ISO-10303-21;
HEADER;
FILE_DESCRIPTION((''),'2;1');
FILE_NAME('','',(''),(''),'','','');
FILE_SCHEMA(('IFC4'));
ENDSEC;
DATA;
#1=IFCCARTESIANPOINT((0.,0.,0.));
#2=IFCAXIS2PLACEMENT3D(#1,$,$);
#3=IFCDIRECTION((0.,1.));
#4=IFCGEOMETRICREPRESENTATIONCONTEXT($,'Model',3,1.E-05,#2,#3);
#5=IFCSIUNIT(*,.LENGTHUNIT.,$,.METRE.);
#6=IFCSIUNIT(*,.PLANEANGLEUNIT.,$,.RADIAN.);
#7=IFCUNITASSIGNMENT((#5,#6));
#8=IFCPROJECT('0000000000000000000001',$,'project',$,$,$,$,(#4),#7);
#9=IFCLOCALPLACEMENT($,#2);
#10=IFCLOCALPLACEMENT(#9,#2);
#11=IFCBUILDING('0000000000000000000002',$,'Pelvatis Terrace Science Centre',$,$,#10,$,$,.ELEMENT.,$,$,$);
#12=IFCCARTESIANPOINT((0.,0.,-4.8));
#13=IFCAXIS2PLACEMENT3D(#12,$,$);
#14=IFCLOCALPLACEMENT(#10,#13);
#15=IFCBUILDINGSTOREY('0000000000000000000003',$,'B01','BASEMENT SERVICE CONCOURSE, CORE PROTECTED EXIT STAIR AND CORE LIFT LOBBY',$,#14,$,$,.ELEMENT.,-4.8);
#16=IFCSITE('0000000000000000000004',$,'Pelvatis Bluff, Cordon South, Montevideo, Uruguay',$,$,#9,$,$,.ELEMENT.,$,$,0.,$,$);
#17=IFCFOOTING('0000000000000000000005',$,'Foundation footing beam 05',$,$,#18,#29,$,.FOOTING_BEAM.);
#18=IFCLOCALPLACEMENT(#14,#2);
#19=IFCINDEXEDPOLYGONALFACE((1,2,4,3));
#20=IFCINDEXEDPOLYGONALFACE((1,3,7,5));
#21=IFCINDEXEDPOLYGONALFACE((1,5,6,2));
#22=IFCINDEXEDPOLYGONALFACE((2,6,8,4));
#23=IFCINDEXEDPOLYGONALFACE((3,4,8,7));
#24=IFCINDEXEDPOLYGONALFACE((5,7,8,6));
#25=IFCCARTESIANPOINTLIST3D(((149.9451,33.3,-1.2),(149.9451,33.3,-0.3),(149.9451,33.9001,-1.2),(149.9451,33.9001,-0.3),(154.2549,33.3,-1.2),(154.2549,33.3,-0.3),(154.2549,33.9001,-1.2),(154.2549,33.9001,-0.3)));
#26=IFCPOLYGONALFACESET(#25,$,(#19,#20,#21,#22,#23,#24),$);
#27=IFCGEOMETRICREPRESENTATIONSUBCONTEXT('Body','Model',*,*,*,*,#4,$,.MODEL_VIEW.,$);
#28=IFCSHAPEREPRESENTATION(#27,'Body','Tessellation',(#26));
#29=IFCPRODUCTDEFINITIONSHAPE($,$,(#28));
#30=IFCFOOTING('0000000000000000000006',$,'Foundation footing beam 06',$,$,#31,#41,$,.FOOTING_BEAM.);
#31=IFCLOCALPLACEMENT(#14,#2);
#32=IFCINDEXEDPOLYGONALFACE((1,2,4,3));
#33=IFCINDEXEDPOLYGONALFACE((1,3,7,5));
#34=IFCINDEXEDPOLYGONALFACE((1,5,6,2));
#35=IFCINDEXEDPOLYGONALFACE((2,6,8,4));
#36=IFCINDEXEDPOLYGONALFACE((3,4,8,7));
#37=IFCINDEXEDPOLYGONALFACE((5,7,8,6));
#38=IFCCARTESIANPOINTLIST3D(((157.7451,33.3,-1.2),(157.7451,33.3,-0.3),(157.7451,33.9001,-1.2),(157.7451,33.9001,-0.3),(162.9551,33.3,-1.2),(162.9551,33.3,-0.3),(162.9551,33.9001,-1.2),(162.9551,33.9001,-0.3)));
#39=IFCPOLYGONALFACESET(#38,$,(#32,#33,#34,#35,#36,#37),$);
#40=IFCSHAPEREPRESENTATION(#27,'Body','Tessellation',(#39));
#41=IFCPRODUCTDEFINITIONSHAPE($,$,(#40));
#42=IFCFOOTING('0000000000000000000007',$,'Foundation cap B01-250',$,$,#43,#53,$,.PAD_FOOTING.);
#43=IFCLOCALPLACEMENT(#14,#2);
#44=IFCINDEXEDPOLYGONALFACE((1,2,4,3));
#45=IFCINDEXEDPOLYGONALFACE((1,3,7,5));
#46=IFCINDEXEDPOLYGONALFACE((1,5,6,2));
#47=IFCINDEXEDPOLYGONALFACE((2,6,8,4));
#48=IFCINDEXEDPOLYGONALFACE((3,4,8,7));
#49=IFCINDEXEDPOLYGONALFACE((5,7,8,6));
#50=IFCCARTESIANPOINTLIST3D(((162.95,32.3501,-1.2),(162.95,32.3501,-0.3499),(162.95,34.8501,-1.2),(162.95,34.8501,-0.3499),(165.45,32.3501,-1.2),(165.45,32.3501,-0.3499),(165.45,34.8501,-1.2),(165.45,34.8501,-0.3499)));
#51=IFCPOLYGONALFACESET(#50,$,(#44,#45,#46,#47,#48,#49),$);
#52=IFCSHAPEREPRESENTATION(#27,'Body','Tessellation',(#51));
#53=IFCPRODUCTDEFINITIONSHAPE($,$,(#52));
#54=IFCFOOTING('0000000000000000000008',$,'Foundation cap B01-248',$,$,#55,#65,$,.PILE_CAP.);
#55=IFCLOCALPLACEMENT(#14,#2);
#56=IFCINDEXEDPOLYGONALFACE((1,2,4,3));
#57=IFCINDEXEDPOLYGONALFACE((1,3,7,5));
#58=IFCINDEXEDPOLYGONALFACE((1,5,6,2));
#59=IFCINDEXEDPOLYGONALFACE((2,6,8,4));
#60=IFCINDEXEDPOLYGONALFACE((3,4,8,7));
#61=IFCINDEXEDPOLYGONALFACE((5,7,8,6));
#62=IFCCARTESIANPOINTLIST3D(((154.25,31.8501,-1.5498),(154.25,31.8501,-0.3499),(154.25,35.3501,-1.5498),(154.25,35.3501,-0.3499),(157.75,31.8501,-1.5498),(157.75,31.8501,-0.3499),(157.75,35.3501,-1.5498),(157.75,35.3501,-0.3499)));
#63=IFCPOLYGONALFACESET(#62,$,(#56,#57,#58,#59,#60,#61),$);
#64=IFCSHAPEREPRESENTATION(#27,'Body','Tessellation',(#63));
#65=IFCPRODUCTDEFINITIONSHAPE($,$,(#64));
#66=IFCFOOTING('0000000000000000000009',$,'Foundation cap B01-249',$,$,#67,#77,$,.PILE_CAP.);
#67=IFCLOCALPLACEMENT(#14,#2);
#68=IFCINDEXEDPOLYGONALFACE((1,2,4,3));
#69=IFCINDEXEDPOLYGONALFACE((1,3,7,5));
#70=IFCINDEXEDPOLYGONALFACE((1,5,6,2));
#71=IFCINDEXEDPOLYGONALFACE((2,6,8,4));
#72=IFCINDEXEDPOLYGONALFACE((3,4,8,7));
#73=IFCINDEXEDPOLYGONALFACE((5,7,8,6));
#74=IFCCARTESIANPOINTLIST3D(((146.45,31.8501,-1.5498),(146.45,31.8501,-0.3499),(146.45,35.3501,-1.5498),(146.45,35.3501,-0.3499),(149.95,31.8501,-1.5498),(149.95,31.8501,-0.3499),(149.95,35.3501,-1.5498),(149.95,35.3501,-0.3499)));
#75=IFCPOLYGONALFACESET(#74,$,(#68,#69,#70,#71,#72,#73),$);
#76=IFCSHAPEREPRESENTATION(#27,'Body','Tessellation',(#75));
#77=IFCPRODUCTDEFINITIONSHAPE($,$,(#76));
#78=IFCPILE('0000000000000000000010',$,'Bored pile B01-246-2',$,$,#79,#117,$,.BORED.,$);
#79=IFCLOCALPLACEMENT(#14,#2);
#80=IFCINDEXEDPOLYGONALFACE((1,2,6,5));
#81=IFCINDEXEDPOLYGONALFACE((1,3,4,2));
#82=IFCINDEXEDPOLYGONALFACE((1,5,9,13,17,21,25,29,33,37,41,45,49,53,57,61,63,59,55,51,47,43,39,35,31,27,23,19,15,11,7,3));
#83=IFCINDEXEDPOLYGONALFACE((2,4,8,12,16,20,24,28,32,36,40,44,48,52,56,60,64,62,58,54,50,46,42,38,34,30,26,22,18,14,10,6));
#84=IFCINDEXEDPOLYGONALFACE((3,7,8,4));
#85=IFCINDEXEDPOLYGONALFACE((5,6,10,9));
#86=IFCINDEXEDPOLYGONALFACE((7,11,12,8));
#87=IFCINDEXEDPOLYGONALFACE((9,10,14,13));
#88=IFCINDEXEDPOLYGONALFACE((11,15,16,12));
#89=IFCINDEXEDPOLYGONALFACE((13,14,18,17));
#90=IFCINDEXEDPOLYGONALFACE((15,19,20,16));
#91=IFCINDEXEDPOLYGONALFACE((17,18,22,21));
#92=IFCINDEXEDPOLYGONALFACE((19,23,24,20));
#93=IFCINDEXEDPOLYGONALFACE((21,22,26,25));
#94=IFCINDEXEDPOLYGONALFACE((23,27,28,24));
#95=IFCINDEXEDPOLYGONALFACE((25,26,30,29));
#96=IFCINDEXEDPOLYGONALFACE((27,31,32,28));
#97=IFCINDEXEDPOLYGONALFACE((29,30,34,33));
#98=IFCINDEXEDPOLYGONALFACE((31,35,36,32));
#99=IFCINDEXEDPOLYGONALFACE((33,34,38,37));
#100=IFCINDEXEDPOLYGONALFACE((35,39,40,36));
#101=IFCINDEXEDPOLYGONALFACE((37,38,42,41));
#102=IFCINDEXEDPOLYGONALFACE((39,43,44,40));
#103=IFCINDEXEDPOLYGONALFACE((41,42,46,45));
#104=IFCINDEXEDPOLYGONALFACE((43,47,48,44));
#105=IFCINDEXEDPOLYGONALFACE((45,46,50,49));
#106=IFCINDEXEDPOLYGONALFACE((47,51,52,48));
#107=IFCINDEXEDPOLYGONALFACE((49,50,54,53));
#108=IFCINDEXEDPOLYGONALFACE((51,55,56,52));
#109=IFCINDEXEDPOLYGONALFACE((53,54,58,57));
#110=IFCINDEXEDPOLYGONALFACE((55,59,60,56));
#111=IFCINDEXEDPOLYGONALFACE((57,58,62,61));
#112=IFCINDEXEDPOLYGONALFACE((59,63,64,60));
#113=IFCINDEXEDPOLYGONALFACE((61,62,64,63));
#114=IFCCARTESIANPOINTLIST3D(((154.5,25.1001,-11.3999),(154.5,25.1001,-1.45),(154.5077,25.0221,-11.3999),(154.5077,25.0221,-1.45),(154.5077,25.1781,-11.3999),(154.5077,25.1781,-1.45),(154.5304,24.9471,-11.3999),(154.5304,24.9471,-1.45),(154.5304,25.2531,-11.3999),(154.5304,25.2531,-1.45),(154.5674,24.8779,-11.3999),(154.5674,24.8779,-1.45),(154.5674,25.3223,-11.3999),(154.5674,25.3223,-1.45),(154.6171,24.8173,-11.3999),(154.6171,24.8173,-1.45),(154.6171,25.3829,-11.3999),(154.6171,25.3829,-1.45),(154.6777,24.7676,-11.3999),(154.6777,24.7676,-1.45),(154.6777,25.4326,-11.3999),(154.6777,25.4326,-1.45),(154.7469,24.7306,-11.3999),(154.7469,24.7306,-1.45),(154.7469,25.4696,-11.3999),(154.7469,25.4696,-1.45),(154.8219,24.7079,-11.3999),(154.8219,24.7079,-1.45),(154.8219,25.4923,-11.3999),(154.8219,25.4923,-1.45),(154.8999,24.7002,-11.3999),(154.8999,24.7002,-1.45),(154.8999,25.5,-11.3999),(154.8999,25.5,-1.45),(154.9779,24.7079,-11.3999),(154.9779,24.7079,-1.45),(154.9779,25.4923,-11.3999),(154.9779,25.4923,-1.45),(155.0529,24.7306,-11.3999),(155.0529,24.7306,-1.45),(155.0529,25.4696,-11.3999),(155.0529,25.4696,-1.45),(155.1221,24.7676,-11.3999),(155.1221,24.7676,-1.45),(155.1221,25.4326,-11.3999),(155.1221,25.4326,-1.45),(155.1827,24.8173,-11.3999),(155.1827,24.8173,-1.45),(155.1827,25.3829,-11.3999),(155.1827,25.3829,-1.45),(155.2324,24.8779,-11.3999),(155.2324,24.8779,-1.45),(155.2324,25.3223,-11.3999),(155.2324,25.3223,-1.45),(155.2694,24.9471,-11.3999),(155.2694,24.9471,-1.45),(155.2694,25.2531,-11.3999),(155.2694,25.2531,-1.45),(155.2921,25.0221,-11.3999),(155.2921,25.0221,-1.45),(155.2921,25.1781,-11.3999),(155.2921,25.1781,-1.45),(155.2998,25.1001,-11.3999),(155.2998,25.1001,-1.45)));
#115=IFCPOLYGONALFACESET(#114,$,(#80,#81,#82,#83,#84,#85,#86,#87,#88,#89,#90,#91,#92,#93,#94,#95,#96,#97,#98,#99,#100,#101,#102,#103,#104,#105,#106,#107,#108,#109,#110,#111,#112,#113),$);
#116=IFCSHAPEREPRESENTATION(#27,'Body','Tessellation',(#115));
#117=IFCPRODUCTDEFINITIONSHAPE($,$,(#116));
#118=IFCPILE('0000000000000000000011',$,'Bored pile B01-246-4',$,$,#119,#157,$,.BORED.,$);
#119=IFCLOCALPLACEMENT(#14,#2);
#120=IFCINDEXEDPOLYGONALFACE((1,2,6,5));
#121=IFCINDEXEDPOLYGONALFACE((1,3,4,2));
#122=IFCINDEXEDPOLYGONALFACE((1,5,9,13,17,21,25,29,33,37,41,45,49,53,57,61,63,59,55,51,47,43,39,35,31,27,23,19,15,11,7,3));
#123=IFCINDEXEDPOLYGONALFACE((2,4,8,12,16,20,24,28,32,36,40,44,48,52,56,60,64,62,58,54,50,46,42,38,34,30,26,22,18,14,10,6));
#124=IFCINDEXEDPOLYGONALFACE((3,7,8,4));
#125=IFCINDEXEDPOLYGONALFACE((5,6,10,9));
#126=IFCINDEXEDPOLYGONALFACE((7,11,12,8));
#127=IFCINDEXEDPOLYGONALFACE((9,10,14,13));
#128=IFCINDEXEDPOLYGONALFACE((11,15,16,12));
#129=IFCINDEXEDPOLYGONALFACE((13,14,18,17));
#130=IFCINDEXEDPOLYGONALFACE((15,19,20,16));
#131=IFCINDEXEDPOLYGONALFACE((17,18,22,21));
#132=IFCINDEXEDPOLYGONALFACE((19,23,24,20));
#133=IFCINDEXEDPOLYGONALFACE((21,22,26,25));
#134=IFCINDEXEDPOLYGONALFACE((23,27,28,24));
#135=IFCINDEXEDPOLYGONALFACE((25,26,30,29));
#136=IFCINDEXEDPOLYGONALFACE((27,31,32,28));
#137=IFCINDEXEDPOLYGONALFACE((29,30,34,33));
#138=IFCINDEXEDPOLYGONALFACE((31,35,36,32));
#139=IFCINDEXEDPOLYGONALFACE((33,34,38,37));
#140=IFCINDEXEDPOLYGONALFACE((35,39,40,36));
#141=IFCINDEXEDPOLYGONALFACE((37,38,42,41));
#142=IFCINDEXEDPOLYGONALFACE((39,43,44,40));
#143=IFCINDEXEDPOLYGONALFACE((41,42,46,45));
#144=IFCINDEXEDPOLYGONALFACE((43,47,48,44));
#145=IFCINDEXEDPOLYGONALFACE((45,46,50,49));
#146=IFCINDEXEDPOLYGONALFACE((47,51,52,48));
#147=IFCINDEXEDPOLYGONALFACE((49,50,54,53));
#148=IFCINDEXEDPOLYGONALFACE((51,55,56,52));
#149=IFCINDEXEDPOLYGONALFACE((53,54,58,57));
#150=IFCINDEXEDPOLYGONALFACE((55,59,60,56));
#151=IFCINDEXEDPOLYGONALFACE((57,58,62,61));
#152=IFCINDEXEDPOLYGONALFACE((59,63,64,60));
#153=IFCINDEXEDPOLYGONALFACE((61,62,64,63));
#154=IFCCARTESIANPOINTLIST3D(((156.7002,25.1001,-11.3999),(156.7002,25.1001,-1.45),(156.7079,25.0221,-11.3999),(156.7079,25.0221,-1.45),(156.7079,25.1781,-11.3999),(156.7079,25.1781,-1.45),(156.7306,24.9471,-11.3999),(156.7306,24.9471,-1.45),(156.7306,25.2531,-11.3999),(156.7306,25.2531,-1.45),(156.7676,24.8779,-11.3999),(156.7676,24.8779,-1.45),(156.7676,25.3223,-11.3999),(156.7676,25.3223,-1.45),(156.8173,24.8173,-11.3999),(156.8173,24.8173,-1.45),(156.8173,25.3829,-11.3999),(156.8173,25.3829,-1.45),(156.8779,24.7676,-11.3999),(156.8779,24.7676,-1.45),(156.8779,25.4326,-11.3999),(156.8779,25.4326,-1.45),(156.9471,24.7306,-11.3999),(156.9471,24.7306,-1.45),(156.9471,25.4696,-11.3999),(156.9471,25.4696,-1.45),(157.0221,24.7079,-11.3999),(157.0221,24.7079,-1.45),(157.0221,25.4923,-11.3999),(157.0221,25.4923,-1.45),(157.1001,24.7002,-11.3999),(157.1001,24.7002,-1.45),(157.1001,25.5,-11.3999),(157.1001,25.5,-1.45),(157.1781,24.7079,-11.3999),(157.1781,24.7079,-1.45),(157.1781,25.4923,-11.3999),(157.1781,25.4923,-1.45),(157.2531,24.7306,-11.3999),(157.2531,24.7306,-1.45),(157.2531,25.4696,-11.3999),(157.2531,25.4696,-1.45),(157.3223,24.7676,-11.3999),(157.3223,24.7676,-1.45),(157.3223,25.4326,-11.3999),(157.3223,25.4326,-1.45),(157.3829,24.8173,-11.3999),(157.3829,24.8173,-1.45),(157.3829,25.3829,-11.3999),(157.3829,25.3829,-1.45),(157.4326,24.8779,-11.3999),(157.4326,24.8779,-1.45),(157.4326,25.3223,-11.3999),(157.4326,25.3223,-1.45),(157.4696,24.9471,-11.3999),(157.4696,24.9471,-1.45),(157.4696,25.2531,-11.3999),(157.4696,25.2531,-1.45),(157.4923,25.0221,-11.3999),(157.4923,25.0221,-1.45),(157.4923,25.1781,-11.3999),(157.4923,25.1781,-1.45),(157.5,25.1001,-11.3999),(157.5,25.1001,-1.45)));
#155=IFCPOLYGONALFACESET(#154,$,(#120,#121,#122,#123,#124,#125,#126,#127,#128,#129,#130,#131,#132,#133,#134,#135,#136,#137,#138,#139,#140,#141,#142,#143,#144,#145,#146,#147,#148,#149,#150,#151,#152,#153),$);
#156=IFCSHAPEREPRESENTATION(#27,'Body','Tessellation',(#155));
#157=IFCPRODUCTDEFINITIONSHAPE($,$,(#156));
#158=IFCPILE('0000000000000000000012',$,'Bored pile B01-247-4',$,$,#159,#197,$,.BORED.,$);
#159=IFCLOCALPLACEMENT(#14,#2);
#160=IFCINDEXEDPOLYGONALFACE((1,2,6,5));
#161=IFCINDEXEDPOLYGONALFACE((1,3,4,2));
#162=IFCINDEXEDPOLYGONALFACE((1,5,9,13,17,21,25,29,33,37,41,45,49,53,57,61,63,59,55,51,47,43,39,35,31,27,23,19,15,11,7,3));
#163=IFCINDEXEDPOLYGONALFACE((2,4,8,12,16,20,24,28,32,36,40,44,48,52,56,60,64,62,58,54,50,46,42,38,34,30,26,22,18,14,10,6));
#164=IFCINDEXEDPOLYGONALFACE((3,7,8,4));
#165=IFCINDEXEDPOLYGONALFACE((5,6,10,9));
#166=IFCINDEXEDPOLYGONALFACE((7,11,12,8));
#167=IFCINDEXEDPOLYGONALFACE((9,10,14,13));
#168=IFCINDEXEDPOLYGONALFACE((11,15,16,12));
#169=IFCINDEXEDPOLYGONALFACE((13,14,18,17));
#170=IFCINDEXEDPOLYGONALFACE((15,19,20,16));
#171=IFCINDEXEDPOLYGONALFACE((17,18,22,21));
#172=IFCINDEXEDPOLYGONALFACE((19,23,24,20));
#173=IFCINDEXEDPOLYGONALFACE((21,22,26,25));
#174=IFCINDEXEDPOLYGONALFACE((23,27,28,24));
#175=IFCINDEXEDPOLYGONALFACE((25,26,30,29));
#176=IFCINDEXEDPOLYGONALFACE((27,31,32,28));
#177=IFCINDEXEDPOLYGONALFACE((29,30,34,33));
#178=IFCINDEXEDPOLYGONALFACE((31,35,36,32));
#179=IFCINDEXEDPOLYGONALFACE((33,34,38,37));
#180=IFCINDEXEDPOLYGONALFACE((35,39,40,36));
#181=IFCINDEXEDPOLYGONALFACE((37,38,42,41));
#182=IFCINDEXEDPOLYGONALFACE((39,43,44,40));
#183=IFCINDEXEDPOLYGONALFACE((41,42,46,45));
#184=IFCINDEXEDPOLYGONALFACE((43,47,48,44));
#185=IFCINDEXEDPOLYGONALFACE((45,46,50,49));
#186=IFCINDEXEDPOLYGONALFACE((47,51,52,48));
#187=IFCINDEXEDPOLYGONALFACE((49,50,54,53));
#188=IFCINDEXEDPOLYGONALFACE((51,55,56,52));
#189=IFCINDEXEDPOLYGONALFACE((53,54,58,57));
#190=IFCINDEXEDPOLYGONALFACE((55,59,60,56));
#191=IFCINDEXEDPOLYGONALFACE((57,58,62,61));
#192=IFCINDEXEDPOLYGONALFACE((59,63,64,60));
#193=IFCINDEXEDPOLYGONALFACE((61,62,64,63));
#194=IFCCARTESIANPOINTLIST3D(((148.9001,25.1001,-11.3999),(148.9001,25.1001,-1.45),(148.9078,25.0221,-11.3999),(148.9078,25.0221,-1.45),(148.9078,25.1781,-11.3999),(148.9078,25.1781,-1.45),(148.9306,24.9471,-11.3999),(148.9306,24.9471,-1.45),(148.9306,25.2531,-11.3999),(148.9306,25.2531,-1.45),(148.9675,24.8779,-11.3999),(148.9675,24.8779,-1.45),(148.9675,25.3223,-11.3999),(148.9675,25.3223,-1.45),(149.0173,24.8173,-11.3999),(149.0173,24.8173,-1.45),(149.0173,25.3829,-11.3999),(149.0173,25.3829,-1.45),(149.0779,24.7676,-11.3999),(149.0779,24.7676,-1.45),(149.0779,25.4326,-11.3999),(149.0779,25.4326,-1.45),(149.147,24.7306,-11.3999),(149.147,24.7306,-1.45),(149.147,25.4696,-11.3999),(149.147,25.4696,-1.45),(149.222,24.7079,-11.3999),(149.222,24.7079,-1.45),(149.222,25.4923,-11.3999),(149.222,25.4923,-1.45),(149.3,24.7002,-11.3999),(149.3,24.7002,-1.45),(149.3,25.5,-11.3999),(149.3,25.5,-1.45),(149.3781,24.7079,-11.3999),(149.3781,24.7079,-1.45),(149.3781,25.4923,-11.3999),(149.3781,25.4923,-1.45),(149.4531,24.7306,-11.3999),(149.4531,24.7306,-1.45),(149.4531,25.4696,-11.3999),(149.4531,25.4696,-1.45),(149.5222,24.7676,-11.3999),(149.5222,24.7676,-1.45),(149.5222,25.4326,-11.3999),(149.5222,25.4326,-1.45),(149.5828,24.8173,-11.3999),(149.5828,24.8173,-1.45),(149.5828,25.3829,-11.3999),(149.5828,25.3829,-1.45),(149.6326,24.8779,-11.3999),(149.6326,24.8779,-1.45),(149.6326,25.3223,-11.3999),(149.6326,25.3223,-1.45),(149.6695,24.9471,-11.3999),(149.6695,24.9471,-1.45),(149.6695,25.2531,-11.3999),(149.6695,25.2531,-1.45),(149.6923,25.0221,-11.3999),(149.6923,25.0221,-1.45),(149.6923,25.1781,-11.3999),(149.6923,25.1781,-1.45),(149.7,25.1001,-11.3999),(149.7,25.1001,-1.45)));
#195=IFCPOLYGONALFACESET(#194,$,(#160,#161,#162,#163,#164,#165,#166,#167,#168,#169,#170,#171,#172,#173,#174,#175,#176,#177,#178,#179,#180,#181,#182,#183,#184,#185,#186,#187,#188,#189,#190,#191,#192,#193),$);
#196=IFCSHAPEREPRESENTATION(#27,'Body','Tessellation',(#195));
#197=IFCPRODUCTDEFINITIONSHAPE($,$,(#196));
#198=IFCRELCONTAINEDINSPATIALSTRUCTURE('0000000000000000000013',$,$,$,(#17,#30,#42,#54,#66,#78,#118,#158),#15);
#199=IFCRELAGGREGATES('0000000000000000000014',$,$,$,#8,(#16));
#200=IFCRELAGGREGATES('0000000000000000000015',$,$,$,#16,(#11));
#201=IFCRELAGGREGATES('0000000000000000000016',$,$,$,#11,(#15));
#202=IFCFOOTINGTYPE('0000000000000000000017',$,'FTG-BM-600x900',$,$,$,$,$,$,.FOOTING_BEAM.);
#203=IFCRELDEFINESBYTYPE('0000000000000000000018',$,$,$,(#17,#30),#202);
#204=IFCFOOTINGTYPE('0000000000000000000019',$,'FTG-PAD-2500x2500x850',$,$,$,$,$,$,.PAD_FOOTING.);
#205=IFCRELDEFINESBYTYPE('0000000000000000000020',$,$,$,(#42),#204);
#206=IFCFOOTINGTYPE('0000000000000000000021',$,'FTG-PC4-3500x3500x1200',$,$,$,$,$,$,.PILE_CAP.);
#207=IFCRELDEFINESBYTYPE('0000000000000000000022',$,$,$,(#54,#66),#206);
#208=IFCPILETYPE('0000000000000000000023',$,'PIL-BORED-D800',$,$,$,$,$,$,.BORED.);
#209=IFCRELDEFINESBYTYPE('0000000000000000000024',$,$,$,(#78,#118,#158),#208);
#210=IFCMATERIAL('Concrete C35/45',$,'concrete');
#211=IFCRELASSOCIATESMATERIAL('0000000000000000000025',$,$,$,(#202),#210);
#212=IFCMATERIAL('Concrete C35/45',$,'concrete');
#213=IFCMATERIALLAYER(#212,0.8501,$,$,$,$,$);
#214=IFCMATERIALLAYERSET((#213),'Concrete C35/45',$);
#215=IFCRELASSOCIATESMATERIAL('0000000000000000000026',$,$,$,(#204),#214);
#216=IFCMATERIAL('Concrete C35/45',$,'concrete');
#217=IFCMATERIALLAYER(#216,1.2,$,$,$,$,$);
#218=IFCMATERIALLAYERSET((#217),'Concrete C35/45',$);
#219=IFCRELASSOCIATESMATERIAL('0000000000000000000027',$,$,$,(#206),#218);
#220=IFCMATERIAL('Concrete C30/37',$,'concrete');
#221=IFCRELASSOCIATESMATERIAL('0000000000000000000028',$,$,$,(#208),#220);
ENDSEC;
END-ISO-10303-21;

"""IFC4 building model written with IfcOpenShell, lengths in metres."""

from ifc_helpers import new_model, si_unit, direction, frame, origin, origin_2d, place, context, subcontext, project, spatial, rectangle, circle, extrude, material, layer, layer_set, material_profile, profile_set, type_object, element, save


model = new_model("IFC4")

# Units and contexts
model_context = context("Model", 3, precision=1e-05, world=origin(), true_north=direction((0.0, 1.0)))
body_context = subcontext(model_context, "Body", "Model", "MODEL_VIEW")
ifc_project = project(units=[si_unit("LENGTHUNIT", "METRE"), si_unit("PLANEANGLEUNIT", "RADIAN")], contexts=[model_context])

# Site, building, storey
site_placement = place(None, origin())
site = spatial("IfcSite", under=ifc_project, at=site_placement, Name="Pelvatis Bluff, Cordon South, Montevideo, Uruguay", CompositionType="ELEMENT", RefElevation=0.0)
building_placement = place(site_placement, origin())
building = spatial("IfcBuilding", under=site, at=building_placement, Name="Pelvatis Terrace Science Centre", CompositionType="ELEMENT")
storey_placement = place(building_placement, frame((0.0, 0.0, -4.8)))
storey = spatial("IfcBuildingStorey", under=building, at=storey_placement, Name="B01", Description="BASEMENT SERVICE CONCOURSE, CORE PROTECTED EXIT STAIR AND CORE LIFT LOBBY", CompositionType="ELEMENT", Elevation=-4.8)

# Footings
ifc_material_1 = material(Name="Concrete C35/45", Category="concrete")
ifc_material_profile_1 = material_profile(ifc_material_1, rectangle(XDim=0.6001, YDim=0.8999, at=origin_2d()), Name="RC-FTB 600x900")
ifc_profile_set_1 = profile_set([ifc_material_profile_1], Name="Concrete C35/45")
footing_type_1 = type_object("IfcFootingType", Name="FTG-BM-600x900", PredefinedType="FOOTING_BEAM", material=ifc_profile_set_1)
footing_1_placement = place(storey_placement, frame((149.9451, 33.6001, -0.75), z_axis=(1.0, 0.0, 0.0), x_axis=(0.0, 1.0, 0.0)))
element("IfcFooting", 1, at=footing_1_placement, inside=storey, type_object=footing_type_1, Name="Foundation footing beam 05", PredefinedType="FOOTING_BEAM", context=body_context, shape_type="SweptSolid", body=[
    extrude(rectangle(XDim=0.6001, YDim=0.8999, at=origin_2d()), origin(), (0.0, 0.0, 1.0), 4.3098),
])
footing_2_placement = place(storey_placement, frame((157.7451, 33.6001, -0.75), z_axis=(1.0, 0.0, 0.0), x_axis=(0.0, 1.0, 0.0)))
element("IfcFooting", 2, at=footing_2_placement, inside=storey, type_object=footing_type_1, Name="Foundation footing beam 06", PredefinedType="FOOTING_BEAM", context=body_context, shape_type="SweptSolid", body=[
    extrude(rectangle(XDim=0.6001, YDim=0.8999, at=origin_2d()), origin(), (0.0, 0.0, 1.0), 5.21),
])
ifc_material_2 = material(Name="Concrete C35/45", Category="concrete")
ifc_layer_1 = layer(ifc_material_2, 0.8501)
ifc_layer_set_1 = layer_set([ifc_layer_1], Name="Concrete C35/45")
footing_type_2 = type_object("IfcFootingType", Name="FTG-PAD-2500x2500x850", PredefinedType="PAD_FOOTING", material=ifc_layer_set_1)
footing_3_placement = place(storey_placement, frame((164.2, 33.6001, -1.2), z_axis=(0.0, 0.0, 1.0), x_axis=(1.0, 0.0, 0.0)))
element("IfcFooting", 3, at=footing_3_placement, inside=storey, type_object=footing_type_2, Name="Foundation cap B01-250", PredefinedType="PAD_FOOTING", context=body_context, shape_type="SweptSolid", body=[
    extrude(rectangle(XDim=2.5, YDim=2.5, at=origin_2d()), origin(), (0.0, 0.0, 1.0), 0.8501),
])
ifc_material_3 = material(Name="Concrete C35/45", Category="concrete")
ifc_layer_2 = layer(ifc_material_3, 1.2)
ifc_layer_set_2 = layer_set([ifc_layer_2], Name="Concrete C35/45")
footing_type_3 = type_object("IfcFootingType", Name="FTG-PC4-3500x3500x1200", PredefinedType="PILE_CAP", material=ifc_layer_set_2)
for number, where, z_axis, x_axis, name in (
    (4, (156.0, 33.6001, -1.5498), (0.0, 0.0, 1.0), (1.0, 0.0, 0.0), "Foundation cap B01-248"),
    (5, (148.2, 33.6001, -1.5498), (0.0, 0.0, 1.0), (1.0, 0.0, 0.0), "Foundation cap B01-249"),
):
    element("IfcFooting", number, at=place(storey_placement, frame(where, z_axis=z_axis, x_axis=x_axis)), inside=storey, type_object=footing_type_3, Name=name, PredefinedType="PILE_CAP", context=body_context, shape_type="SweptSolid", body=[
        extrude(rectangle(XDim=3.5, YDim=3.5, at=origin_2d()), origin(), (0.0, 0.0, 1.0), 1.2),
    ])

# Piles
ifc_material_4 = material(Name="Concrete C30/37", Category="concrete")
ifc_material_profile_2 = material_profile(ifc_material_4, circle(Radius=0.3999, at=origin_2d()), Name="PILE D800")
ifc_profile_set_2 = profile_set([ifc_material_profile_2], Name="Concrete C30/37")
pile_type = type_object("IfcPileType", Name="PIL-BORED-D800", PredefinedType="BORED", material=ifc_profile_set_2)
for number, where, z_axis, x_axis, name in (
    (6, (154.8999, 25.1001, -1.45), (0.0, 0.0, -1.0), (1.0, 0.0, 0.0), "Bored pile B01-246-2"),
    (7, (157.1001, 25.1001, -1.45), (0.0, 0.0, -1.0), (1.0, 0.0, 0.0), "Bored pile B01-246-4"),
    (8, (149.3, 25.1001, -1.45), (0.0, 0.0, -1.0), (1.0, 0.0, 0.0), "Bored pile B01-247-4"),
):
    element("IfcPile", number, at=place(storey_placement, frame(where, z_axis=z_axis, x_axis=x_axis)), inside=storey, type_object=pile_type, Name=name, PredefinedType="BORED", context=body_context, shape_type="SweptSolid", body=[
        extrude(circle(Radius=0.3999, at=origin_2d()), origin(), (0.0, 0.0, 1.0), 9.95),
    ])

save(model, "model.ifc")
